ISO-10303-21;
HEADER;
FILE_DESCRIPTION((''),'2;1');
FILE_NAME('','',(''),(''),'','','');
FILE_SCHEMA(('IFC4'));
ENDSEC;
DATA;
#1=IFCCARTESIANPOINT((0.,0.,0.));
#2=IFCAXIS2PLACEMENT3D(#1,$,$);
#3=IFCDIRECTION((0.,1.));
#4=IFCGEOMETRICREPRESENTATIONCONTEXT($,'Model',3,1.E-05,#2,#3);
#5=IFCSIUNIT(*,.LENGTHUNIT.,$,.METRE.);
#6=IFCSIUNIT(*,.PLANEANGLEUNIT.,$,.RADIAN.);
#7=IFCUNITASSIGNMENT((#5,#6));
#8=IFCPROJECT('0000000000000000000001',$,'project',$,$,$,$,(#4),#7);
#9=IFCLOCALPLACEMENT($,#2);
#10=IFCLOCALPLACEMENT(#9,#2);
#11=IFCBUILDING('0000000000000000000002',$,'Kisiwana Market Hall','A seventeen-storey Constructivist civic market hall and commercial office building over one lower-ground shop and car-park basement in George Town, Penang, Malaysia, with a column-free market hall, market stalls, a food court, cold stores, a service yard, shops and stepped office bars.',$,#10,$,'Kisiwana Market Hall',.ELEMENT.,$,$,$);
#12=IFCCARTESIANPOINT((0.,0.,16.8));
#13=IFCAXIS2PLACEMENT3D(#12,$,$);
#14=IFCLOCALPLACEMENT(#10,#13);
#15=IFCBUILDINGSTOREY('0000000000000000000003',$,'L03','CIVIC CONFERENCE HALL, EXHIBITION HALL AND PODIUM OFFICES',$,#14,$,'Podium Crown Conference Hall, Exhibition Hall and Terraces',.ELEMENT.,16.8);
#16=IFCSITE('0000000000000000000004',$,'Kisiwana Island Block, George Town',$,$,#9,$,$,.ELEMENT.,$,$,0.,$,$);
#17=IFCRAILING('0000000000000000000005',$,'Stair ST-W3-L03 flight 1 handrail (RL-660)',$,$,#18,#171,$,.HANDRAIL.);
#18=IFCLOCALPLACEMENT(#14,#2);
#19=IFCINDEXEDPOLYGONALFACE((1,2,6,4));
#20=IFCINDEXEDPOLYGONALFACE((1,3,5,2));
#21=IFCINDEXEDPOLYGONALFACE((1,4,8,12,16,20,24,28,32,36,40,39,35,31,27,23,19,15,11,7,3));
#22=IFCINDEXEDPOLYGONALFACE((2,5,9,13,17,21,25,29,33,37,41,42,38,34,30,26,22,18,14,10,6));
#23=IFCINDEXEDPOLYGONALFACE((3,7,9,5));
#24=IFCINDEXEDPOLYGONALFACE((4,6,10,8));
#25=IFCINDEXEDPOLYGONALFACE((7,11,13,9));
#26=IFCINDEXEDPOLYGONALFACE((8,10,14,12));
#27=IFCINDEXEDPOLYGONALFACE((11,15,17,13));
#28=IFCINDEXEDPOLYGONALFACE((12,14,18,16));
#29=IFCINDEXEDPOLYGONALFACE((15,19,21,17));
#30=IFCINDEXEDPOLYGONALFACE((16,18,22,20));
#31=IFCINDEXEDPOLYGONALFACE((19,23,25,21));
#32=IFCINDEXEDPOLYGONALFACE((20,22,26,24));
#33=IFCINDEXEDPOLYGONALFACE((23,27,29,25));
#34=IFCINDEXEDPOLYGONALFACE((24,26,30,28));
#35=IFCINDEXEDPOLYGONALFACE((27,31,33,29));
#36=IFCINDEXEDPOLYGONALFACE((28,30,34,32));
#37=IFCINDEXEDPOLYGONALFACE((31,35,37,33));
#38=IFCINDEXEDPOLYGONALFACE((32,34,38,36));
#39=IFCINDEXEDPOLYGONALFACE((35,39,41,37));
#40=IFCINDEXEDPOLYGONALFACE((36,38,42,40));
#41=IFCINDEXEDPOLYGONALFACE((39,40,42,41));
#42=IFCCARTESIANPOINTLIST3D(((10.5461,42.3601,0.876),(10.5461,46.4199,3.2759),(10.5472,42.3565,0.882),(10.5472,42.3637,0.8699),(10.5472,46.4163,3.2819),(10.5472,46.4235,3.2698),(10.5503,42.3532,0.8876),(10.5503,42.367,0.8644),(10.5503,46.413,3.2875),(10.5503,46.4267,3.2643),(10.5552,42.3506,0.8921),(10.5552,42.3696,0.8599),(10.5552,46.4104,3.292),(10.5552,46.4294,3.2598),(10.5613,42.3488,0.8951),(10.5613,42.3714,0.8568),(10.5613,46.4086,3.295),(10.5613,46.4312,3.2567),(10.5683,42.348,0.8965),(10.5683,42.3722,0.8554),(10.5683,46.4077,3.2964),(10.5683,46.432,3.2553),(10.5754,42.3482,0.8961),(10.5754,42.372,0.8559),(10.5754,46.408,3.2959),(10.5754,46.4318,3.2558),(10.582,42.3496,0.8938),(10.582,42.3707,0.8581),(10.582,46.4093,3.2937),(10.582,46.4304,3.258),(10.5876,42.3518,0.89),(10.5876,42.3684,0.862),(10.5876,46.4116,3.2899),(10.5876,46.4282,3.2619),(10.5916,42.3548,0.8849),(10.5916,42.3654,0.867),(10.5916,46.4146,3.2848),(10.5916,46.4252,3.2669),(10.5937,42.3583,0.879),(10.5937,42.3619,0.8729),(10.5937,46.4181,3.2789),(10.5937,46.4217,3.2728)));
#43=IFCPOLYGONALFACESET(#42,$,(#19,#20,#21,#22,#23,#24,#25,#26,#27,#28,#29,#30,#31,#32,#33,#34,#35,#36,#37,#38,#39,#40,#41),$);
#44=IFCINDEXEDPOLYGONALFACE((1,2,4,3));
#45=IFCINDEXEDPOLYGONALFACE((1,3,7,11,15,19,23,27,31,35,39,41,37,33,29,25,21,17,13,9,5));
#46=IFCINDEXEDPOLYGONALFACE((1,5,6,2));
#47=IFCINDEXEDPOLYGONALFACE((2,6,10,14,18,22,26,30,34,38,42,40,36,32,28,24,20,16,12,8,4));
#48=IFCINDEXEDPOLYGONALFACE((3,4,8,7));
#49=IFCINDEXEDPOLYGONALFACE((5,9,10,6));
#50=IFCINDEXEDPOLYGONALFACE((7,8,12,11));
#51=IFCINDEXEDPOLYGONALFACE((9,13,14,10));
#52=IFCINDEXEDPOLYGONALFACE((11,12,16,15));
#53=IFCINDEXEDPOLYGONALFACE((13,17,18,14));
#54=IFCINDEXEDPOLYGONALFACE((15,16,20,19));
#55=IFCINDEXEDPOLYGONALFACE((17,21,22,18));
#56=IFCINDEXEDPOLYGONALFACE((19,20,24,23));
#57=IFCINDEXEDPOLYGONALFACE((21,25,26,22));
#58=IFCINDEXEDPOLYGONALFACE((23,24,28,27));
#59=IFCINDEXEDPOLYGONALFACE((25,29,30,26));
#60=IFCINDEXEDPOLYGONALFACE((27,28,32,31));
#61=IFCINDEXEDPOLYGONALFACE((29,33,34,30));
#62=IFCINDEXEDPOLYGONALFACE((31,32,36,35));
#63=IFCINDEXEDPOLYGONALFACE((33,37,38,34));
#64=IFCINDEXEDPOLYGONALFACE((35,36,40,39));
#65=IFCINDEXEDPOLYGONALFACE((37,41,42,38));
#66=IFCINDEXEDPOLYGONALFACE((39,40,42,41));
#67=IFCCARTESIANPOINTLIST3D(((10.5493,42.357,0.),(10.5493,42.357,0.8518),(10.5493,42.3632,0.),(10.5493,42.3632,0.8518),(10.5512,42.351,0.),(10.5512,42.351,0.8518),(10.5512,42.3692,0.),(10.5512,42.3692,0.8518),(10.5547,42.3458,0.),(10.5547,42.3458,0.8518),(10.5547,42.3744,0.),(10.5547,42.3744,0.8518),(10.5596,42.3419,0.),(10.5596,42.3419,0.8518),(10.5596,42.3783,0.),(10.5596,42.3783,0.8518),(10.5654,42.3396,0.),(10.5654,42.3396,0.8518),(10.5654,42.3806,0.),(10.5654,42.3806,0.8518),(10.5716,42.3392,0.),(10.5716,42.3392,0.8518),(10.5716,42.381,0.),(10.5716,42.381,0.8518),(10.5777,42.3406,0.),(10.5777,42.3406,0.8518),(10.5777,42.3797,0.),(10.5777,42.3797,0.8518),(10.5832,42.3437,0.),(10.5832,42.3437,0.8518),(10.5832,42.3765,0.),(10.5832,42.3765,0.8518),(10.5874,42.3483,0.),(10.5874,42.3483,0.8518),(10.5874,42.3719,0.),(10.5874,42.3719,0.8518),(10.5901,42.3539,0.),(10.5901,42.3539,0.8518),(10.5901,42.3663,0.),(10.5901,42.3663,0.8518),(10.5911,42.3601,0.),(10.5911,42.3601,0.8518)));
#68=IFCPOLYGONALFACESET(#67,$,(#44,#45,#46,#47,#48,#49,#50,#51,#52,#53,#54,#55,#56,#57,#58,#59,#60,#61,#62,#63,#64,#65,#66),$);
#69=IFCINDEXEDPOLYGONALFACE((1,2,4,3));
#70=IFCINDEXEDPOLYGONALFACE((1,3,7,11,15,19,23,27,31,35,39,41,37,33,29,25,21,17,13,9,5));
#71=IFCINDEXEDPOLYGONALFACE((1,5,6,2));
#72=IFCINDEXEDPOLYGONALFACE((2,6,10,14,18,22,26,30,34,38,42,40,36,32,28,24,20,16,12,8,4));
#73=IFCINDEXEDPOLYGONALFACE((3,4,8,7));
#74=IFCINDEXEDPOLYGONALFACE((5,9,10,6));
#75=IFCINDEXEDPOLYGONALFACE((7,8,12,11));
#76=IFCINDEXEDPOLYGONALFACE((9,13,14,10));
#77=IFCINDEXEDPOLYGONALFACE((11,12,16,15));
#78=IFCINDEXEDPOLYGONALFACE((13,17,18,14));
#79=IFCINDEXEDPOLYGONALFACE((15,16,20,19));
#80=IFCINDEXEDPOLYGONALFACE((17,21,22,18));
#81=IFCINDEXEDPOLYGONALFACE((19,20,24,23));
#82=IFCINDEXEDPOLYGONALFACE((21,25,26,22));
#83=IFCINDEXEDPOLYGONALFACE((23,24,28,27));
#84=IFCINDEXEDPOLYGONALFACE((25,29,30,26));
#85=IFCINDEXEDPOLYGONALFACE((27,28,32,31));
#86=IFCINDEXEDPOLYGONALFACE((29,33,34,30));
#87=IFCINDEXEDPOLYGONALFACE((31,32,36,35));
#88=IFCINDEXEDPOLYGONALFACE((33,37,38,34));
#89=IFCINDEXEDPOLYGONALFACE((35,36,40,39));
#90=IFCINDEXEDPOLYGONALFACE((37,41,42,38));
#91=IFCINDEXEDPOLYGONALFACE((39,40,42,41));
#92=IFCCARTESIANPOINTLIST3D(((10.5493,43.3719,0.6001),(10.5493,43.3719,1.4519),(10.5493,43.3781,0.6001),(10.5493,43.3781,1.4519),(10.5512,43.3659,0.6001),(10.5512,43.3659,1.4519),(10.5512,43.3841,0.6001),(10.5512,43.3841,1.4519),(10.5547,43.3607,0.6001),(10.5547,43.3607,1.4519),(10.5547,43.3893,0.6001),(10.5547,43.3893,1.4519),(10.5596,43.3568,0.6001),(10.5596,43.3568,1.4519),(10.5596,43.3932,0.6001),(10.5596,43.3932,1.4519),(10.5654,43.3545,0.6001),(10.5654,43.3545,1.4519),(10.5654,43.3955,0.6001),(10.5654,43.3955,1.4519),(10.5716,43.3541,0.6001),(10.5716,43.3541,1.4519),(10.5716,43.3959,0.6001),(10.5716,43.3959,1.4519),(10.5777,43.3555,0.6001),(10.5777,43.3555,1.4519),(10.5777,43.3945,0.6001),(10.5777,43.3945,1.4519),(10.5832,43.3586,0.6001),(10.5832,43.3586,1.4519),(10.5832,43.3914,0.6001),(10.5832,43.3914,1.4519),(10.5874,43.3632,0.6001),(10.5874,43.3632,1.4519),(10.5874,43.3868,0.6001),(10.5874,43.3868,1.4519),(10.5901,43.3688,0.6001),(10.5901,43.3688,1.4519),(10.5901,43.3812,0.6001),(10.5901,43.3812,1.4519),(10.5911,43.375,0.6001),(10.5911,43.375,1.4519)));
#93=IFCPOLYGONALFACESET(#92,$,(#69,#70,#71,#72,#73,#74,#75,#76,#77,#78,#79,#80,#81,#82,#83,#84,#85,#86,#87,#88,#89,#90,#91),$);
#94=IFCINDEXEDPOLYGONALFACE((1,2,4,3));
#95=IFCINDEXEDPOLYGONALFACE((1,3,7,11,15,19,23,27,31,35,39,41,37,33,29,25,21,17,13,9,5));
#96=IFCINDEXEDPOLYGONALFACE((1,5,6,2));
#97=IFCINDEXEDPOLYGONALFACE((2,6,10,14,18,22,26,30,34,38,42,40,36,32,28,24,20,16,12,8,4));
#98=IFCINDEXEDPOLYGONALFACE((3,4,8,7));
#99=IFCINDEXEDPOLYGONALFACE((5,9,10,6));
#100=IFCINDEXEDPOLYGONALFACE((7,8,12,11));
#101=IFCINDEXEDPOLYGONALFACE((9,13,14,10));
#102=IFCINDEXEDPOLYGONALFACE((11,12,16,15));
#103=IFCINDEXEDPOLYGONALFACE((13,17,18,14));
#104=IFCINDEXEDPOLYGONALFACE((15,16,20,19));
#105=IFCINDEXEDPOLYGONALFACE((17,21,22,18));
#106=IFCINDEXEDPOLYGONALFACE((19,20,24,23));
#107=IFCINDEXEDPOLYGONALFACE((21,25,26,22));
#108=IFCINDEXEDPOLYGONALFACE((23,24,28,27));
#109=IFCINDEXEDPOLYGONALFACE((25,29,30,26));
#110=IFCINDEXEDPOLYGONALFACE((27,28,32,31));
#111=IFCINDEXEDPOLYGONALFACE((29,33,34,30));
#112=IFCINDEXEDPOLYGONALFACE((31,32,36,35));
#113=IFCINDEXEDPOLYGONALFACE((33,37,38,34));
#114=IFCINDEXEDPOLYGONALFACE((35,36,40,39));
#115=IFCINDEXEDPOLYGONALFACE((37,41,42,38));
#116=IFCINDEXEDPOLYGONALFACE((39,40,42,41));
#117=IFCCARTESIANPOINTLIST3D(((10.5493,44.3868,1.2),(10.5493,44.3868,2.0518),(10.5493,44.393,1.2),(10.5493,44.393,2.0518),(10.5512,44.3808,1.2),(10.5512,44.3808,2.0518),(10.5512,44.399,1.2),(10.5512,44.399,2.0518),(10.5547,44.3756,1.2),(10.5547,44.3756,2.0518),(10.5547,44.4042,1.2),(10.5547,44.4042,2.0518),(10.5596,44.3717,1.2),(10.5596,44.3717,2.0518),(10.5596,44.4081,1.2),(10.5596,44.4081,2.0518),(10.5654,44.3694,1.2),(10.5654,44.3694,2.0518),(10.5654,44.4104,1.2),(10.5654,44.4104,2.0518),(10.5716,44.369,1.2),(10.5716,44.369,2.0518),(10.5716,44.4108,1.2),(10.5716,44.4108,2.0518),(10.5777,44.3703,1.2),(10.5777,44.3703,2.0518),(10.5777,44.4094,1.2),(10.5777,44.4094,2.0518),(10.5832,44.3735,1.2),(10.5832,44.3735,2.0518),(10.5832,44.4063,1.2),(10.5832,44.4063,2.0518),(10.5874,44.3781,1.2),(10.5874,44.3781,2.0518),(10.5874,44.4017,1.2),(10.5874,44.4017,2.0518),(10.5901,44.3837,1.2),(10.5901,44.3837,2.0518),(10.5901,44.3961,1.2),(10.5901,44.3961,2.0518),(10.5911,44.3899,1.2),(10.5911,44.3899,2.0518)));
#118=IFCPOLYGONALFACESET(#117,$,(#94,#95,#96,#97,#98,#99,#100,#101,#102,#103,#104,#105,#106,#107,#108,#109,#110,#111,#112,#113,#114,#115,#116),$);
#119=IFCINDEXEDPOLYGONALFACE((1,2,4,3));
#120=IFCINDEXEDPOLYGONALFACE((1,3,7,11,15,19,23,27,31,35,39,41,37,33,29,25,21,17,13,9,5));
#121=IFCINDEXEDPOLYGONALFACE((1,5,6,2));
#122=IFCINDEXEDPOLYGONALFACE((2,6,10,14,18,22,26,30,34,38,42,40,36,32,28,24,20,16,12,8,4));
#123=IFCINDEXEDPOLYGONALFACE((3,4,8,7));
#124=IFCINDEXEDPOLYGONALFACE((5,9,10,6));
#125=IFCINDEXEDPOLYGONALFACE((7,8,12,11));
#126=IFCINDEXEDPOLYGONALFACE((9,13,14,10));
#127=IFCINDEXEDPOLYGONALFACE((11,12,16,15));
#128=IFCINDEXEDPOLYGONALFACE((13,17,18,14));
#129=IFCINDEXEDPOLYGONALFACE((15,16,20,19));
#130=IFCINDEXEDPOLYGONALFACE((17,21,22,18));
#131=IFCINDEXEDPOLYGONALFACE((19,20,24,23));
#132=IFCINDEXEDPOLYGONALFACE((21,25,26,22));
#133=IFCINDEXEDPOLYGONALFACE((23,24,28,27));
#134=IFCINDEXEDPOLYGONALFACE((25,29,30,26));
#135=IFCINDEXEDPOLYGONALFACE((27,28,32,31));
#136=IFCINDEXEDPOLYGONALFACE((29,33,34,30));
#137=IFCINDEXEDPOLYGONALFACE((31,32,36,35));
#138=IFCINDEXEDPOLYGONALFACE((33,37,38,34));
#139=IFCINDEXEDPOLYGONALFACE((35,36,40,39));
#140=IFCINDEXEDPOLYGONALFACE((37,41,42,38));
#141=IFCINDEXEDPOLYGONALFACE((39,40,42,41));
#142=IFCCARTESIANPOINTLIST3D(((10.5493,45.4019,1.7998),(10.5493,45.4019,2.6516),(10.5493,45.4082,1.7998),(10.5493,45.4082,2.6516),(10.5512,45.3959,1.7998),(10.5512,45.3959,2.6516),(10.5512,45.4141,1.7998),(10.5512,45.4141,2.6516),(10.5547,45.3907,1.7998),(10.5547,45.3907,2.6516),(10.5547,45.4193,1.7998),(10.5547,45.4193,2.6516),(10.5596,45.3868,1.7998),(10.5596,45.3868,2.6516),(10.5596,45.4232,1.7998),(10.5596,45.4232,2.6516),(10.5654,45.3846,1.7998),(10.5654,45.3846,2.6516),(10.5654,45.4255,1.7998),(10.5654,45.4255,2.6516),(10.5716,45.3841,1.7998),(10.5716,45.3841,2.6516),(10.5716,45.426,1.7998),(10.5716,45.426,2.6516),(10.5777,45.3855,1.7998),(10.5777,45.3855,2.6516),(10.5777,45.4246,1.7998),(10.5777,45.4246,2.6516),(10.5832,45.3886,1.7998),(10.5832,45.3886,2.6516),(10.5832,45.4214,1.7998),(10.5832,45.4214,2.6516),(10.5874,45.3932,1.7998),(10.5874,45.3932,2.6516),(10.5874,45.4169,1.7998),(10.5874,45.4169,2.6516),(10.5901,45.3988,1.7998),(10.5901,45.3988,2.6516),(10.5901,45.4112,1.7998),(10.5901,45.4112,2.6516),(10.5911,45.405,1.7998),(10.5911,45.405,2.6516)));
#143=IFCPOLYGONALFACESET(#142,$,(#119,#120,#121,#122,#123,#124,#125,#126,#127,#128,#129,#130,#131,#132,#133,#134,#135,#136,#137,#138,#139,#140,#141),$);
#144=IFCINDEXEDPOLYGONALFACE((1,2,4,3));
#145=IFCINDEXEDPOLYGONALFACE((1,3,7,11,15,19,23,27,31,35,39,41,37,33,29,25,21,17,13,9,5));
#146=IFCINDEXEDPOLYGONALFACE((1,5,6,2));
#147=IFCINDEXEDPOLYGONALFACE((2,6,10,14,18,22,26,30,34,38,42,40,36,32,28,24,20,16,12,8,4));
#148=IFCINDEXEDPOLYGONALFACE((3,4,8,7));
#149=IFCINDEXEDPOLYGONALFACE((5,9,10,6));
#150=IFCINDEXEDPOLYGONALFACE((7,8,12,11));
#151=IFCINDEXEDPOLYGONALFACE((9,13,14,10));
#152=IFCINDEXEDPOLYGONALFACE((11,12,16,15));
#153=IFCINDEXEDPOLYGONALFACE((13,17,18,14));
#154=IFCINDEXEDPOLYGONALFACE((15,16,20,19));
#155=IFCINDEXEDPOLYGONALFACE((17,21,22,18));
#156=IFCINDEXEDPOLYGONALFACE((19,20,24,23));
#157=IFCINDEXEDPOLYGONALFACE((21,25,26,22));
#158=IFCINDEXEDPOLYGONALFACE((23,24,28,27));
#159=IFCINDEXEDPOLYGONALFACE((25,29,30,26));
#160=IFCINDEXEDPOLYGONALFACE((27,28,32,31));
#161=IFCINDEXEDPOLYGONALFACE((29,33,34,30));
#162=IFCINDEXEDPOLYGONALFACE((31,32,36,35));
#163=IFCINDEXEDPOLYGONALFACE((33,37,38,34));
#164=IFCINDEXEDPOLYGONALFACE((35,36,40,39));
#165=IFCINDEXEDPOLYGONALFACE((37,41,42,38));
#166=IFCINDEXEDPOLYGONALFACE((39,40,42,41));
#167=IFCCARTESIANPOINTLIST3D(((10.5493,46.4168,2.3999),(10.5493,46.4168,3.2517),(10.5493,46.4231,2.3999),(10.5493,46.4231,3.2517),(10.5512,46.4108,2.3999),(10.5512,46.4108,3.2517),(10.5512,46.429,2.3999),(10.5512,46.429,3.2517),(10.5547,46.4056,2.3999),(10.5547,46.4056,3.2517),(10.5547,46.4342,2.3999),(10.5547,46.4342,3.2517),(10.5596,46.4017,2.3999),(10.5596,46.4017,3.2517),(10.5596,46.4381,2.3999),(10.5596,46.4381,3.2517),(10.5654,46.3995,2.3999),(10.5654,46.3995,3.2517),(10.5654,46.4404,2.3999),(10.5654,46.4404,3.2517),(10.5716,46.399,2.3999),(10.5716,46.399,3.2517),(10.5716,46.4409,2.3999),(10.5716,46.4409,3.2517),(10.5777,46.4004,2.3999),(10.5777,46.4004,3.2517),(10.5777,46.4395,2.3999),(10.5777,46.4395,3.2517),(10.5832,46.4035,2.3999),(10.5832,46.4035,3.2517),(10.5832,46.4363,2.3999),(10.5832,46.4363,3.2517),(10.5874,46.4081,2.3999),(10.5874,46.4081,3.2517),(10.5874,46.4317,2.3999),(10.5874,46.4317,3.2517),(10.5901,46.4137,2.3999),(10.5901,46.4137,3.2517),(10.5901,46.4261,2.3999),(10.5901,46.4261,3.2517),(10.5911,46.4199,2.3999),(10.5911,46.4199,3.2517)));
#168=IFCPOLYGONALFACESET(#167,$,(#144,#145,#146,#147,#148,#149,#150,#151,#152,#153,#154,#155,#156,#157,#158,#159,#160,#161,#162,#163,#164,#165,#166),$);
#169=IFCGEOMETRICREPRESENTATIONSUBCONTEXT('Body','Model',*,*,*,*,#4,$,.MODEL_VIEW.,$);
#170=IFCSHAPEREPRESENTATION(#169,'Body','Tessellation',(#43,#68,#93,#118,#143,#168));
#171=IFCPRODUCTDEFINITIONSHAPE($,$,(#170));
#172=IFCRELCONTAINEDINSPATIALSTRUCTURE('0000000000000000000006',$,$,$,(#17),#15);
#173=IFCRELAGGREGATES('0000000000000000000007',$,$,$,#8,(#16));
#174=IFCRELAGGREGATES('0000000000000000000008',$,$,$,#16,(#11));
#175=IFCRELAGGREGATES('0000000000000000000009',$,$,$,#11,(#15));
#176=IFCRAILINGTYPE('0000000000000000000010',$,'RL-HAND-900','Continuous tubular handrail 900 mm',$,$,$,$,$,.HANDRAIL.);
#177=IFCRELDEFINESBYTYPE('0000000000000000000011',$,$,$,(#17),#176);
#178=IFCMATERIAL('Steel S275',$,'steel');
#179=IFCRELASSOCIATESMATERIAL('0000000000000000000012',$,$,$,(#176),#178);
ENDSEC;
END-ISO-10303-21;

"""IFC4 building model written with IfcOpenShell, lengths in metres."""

from ifc_helpers import new_model, si_unit, direction, frame, origin, origin_2d, place, context, subcontext, project, spatial, circle, extrude, material, type_object, element, save


model = new_model("IFC4")

# Units and contexts
model_context = context("Model", 3, precision=1e-05, world=origin(), true_north=direction((0.0, 1.0)))
body_context = subcontext(model_context, "Body", "Model", "MODEL_VIEW")
ifc_project = project(units=[si_unit("LENGTHUNIT", "METRE"), si_unit("PLANEANGLEUNIT", "RADIAN")], contexts=[model_context])

# Site, building, storey
site_placement = place(None, origin())
site = spatial("IfcSite", under=ifc_project, at=site_placement, Name="Kisiwana Island Block, George Town", CompositionType="ELEMENT", RefElevation=0.0)
building_placement = place(site_placement, origin())
building = spatial("IfcBuilding", under=site, at=building_placement, Name="Kisiwana Market Hall", Description="A seventeen-storey Constructivist civic market hall and commercial office building over one lower-ground shop and car-park basement in George Town, Penang, Malaysia, with a column-free market hall, market stalls, a food court, cold stores, a service yard, shops and stepped office bars.", LongName="Kisiwana Market Hall", CompositionType="ELEMENT")
storey_placement = place(building_placement, frame((0.0, 0.0, 16.8)))
storey = spatial("IfcBuildingStorey", under=building, at=storey_placement, Name="L03", Description="CIVIC CONFERENCE HALL, EXHIBITION HALL AND PODIUM OFFICES", LongName="Podium Crown Conference Hall, Exhibition Hall and Terraces", CompositionType="ELEMENT", Elevation=16.8)

# Railing
ifc_material_1 = material(Name="Steel S275", Category="steel")
railing_type_1 = type_object("IfcRailingType", Name="RL-HAND-900", Description="Continuous tubular handrail 900 mm", PredefinedType="HANDRAIL", material=ifc_material_1)
railing_1_placement = place(storey_placement, frame((10.5701, 42.3601, 0.0)))
element("IfcRailing", 1, at=railing_1_placement, inside=storey, type_object=railing_type_1, Name="Stair ST-W3-L03 flight 1 handrail (RL-660)", PredefinedType="HANDRAIL", context=body_context, shape_type="SweptSolid", body=[
    extrude(circle(Radius=0.0239, at=origin_2d()), frame((0.0, 0.0, 0.876), z_axis=(0.0, 0.860841, 0.508874), x_axis=(-1.0, 0.0, 0.0)), (0.0, 0.0, 1.0), 4.7161),
    extrude(circle(Radius=0.021, at=origin_2d()), origin(), (0.0, 0.0, 1.0), 0.8518),
    extrude(circle(Radius=0.021, at=origin_2d()), frame((0.0, 1.0149, 0.6001)), (0.0, 0.0, 1.0), 0.8518),
    extrude(circle(Radius=0.021, at=origin_2d()), frame((0.0, 2.0298, 1.2)), (0.0, 0.0, 1.0), 0.8518),
    extrude(circle(Radius=0.021, at=origin_2d()), frame((0.0, 3.0449, 1.7998)), (0.0, 0.0, 1.0), 0.8518),
    extrude(circle(Radius=0.021, at=origin_2d()), frame((0.0, 4.0598, 2.3999)), (0.0, 0.0, 1.0), 0.8518),
])

save(model, "model.ifc")
